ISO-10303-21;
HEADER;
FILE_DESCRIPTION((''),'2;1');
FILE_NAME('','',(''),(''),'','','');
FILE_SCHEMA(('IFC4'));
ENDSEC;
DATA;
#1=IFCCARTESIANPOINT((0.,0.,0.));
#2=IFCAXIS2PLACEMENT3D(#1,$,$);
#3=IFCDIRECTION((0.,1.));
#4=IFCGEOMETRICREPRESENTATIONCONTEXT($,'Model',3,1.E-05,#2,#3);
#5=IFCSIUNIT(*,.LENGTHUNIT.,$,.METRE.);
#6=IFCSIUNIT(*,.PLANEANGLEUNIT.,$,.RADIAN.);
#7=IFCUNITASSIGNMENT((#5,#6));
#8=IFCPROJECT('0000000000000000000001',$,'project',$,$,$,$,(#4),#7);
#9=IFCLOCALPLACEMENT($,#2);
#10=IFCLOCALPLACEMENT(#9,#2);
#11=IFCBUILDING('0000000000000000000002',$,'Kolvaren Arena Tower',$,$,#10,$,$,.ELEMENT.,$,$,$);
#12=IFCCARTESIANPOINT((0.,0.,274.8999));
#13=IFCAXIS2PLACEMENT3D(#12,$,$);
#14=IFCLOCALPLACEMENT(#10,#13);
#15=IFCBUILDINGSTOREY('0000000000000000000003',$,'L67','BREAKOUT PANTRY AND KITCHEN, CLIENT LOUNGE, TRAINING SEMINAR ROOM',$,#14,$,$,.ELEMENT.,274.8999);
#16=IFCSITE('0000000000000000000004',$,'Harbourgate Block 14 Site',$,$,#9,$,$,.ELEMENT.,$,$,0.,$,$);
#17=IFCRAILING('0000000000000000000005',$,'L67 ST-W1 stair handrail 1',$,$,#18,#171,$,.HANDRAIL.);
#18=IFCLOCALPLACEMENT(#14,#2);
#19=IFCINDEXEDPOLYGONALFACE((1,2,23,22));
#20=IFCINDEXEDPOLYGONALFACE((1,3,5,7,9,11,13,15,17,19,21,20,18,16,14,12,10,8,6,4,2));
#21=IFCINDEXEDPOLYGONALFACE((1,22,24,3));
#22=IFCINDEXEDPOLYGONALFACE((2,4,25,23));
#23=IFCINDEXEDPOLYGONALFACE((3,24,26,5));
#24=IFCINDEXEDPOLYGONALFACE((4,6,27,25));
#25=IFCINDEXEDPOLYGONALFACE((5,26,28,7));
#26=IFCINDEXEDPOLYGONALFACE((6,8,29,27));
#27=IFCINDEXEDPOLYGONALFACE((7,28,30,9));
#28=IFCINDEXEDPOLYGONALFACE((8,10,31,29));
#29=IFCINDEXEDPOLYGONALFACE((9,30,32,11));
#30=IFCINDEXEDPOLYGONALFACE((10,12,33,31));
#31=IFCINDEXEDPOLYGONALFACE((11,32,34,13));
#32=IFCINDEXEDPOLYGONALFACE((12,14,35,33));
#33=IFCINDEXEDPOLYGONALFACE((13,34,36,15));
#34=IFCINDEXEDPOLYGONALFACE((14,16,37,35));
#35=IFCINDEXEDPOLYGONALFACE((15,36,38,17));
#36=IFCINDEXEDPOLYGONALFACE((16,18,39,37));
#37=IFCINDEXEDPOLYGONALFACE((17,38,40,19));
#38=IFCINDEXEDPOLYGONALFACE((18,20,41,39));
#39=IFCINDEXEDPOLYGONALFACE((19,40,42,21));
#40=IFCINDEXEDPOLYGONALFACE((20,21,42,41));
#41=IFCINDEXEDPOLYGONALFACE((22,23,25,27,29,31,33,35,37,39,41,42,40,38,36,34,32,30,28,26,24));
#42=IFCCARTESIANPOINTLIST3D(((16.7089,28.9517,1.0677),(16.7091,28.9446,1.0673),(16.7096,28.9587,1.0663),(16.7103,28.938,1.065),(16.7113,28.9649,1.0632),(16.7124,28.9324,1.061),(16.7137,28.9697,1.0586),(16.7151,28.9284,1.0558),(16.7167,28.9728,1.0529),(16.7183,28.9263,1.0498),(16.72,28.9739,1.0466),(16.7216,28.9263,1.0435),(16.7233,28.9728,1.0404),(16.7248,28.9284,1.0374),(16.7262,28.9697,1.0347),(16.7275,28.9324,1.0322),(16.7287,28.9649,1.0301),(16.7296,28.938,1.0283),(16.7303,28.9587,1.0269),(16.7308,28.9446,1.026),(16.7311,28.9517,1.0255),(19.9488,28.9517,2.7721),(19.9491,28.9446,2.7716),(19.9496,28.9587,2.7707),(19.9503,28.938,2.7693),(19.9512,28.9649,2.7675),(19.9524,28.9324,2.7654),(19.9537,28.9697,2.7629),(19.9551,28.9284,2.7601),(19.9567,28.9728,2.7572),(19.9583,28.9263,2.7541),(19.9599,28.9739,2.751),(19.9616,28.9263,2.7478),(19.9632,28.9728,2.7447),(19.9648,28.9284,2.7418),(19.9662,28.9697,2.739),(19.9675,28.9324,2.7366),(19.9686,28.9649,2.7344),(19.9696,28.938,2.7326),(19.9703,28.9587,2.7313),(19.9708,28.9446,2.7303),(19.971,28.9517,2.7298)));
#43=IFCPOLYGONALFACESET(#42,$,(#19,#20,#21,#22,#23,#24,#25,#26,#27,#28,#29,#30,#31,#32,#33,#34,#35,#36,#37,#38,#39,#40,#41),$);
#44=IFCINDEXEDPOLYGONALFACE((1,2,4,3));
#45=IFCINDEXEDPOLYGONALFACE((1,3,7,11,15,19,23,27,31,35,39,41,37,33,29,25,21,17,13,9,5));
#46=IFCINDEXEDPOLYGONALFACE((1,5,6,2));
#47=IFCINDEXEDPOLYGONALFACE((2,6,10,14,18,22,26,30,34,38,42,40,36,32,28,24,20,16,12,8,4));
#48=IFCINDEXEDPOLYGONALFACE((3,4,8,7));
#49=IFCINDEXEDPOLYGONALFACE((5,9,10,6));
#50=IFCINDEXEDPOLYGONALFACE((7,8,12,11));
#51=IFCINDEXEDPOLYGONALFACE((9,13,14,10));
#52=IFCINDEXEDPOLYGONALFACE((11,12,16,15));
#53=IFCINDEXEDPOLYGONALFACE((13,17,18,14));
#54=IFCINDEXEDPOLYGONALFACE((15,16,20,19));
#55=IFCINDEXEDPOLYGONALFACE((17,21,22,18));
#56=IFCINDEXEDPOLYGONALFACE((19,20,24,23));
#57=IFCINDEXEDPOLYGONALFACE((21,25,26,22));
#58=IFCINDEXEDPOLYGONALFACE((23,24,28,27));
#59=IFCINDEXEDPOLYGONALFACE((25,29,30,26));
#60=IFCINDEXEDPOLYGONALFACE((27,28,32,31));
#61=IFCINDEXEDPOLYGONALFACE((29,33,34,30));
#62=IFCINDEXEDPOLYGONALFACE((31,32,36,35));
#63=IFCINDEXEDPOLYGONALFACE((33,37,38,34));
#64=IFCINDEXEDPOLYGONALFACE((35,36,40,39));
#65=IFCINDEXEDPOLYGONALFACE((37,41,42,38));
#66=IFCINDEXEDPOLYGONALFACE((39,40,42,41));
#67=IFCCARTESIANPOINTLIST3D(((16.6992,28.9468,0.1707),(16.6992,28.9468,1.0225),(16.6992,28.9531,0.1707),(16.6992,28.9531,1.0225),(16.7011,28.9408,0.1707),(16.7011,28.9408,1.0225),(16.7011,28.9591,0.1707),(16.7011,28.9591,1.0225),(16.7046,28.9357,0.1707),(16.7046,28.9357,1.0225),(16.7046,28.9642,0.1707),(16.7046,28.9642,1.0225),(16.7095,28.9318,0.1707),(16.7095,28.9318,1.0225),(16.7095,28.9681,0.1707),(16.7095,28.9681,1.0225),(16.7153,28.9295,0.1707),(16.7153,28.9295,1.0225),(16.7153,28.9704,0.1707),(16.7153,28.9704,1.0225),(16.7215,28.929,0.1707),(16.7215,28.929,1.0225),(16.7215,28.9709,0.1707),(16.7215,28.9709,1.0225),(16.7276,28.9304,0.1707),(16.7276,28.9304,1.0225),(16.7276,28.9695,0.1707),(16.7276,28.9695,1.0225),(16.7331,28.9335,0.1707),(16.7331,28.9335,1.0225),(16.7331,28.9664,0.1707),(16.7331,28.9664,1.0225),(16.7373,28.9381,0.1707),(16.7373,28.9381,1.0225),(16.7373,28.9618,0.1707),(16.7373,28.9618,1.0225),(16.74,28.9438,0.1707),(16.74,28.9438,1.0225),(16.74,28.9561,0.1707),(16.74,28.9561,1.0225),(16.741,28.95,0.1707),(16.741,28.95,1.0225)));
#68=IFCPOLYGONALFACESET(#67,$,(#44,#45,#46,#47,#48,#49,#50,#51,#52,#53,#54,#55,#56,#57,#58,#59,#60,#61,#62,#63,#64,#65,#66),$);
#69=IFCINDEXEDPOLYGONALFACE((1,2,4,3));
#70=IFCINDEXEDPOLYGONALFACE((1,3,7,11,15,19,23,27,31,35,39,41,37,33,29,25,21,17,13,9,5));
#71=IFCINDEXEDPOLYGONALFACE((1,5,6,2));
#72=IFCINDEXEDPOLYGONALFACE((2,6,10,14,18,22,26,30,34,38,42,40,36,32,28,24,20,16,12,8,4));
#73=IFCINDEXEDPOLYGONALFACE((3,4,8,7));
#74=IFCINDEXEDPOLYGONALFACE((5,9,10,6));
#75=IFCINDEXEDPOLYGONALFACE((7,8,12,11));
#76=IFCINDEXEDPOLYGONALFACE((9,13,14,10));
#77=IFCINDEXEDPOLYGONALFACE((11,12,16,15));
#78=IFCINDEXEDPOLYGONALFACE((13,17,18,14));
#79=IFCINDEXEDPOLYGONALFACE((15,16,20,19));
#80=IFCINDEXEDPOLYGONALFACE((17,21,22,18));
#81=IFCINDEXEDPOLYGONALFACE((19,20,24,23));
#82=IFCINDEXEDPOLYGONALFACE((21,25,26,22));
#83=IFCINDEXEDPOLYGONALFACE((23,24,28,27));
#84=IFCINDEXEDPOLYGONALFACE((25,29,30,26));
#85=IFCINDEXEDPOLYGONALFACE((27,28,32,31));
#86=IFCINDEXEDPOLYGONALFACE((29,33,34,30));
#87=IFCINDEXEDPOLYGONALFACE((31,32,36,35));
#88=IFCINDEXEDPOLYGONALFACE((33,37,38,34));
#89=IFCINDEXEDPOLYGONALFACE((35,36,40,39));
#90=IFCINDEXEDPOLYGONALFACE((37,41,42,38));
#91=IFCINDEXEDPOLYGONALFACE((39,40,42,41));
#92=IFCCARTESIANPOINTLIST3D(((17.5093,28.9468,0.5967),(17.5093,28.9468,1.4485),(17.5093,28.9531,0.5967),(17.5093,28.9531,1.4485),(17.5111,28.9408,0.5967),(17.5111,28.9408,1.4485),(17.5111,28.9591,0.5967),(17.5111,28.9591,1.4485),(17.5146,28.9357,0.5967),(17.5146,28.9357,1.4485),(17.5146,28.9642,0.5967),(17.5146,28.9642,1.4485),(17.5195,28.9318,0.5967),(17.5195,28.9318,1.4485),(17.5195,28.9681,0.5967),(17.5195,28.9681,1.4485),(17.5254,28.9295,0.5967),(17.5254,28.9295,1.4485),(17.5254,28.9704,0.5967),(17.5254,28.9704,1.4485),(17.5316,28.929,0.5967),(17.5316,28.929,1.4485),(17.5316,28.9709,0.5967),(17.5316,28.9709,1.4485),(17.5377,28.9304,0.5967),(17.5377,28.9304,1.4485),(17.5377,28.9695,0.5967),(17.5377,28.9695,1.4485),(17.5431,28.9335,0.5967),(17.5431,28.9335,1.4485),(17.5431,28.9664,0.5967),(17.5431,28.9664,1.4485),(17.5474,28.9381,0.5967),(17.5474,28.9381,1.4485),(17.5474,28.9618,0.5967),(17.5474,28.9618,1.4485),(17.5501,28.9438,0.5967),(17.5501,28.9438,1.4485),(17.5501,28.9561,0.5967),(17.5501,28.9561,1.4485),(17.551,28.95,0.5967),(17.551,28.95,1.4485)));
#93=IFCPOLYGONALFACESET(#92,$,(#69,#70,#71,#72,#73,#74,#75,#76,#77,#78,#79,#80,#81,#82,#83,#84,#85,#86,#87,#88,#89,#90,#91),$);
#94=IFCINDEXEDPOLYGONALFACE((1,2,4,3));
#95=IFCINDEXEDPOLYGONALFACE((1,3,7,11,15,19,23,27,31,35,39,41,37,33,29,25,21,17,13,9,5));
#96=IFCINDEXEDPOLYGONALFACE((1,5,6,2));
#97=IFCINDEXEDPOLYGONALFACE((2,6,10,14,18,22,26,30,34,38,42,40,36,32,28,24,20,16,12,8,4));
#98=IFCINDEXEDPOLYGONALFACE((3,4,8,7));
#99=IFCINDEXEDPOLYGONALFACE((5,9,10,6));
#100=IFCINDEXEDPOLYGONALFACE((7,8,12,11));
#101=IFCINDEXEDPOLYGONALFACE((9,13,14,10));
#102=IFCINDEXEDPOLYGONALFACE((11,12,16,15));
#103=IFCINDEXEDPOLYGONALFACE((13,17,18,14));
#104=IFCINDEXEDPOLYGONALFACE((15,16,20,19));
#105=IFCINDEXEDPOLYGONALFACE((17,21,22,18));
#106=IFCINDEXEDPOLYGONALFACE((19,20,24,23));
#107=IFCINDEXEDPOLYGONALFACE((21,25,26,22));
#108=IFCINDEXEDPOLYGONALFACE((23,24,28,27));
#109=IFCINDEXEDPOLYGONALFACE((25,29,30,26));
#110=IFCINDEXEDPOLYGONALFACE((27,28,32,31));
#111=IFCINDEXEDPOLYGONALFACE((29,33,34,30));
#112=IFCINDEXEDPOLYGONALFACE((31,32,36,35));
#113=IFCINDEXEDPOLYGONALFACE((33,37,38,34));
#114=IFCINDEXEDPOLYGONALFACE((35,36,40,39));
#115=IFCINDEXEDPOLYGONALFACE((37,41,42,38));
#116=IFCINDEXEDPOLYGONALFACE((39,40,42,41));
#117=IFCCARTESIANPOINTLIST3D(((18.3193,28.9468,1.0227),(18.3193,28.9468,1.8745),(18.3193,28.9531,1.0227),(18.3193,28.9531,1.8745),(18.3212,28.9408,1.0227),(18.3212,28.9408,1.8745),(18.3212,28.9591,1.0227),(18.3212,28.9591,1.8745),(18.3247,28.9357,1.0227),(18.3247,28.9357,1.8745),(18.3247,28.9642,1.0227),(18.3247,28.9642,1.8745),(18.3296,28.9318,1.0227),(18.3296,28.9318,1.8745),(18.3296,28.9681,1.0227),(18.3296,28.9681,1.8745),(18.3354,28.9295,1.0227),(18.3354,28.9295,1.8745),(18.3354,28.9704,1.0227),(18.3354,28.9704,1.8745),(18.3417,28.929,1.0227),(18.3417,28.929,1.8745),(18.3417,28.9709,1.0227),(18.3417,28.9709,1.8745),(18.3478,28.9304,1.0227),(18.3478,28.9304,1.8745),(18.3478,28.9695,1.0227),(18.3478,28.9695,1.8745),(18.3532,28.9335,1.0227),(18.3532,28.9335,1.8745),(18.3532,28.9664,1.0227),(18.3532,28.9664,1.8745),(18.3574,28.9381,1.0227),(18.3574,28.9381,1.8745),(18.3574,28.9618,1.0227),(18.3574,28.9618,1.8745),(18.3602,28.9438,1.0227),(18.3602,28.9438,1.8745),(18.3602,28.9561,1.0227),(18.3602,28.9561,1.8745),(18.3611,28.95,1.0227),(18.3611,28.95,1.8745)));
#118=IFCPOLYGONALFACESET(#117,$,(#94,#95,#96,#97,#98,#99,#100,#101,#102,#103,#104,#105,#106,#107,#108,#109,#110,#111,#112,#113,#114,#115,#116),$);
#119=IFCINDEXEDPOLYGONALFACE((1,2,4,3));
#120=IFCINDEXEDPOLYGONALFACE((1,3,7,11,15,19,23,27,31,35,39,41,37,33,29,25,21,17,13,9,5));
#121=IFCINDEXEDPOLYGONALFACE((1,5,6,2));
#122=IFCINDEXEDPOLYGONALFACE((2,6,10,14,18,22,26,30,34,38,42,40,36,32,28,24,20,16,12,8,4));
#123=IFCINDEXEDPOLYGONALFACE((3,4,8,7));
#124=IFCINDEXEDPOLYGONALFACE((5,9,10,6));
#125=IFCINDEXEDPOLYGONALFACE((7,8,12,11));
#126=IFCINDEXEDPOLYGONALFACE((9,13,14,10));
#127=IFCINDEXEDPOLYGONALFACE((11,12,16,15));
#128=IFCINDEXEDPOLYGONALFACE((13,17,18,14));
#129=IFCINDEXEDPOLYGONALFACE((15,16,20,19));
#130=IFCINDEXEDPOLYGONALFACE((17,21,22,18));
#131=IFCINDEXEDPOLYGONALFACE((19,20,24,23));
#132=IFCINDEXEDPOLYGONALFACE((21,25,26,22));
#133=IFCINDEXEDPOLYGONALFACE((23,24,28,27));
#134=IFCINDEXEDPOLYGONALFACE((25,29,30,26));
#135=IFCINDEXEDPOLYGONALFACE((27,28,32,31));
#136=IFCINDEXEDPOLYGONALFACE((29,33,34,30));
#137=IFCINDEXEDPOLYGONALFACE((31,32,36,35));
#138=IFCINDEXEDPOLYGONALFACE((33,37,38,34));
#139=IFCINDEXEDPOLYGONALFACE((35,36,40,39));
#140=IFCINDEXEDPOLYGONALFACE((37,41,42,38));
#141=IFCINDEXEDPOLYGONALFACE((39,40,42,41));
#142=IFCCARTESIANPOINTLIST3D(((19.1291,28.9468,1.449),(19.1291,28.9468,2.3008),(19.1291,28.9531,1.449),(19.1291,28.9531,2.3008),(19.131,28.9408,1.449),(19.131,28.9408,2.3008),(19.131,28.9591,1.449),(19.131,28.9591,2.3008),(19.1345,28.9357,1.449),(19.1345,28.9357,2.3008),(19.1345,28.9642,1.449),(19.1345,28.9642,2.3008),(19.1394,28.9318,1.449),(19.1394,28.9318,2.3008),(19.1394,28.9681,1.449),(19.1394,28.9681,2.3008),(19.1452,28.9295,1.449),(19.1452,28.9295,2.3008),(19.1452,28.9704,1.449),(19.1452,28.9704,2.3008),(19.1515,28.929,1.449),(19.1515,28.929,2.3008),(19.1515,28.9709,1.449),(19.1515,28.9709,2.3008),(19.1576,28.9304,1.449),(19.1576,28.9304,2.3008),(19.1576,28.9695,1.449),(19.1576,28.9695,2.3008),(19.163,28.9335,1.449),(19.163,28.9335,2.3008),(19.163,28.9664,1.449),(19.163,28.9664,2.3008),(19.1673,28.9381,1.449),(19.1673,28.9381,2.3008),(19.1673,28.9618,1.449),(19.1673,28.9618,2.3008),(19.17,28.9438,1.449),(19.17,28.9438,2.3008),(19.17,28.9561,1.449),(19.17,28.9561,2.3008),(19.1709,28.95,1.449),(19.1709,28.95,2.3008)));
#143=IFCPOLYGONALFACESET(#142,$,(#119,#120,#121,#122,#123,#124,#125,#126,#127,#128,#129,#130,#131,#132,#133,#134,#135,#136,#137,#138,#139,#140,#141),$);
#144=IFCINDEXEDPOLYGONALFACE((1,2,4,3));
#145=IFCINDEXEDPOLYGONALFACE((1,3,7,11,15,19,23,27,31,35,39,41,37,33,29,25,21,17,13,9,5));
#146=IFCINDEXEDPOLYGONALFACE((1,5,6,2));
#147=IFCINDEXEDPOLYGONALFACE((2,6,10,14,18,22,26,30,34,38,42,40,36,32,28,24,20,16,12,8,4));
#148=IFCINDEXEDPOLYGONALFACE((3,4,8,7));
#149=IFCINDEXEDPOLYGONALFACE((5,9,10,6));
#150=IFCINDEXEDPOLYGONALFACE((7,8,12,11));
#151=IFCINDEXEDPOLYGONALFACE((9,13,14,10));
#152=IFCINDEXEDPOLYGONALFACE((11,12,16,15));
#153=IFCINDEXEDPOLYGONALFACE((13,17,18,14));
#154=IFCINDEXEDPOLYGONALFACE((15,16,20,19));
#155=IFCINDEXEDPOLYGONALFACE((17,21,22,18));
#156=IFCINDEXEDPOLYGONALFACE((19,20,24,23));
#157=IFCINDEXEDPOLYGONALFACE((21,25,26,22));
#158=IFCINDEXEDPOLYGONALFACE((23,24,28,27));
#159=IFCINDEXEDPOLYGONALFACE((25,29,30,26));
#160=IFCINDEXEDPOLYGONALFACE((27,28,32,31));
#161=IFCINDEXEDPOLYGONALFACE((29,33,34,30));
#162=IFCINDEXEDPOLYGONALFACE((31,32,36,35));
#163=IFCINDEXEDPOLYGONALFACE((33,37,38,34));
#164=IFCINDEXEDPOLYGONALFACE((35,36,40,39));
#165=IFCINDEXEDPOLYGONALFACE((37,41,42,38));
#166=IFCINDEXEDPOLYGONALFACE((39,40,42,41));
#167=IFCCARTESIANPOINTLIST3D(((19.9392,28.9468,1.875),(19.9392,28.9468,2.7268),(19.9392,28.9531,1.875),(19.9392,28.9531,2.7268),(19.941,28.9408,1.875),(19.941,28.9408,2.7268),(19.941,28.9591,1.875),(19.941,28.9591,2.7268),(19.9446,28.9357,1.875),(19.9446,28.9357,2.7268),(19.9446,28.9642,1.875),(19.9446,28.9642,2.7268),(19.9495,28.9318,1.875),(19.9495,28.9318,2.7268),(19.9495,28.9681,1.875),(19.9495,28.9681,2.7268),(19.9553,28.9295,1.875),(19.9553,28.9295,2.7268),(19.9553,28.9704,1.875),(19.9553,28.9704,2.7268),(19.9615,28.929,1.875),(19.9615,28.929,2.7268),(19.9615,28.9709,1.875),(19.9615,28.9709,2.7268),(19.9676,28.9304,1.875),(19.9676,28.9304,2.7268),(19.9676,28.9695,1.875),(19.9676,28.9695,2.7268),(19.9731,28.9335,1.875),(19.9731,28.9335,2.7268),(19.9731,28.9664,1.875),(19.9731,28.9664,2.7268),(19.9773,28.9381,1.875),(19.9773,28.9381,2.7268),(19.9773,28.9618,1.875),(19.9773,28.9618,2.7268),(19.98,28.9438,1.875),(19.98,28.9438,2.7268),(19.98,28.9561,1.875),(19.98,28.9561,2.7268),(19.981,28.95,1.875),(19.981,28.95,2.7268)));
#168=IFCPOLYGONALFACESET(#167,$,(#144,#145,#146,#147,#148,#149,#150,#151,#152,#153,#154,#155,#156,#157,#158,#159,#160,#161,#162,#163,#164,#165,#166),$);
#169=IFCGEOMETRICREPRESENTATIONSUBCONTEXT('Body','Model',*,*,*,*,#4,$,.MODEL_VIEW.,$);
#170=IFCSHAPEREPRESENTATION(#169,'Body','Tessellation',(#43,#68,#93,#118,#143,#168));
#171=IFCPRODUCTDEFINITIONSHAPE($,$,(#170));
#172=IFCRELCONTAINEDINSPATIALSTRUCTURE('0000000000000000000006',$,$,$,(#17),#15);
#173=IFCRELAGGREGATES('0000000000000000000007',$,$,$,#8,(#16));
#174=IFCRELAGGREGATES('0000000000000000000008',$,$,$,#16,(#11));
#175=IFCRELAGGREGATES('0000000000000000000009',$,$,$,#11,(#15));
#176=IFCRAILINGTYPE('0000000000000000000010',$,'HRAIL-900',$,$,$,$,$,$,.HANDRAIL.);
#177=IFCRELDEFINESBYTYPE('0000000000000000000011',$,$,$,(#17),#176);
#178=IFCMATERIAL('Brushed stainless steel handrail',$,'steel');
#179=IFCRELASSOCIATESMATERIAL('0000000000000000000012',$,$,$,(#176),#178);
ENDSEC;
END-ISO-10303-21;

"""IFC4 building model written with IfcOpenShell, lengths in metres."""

from ifc_helpers import new_model, si_unit, direction, frame, origin, origin_2d, place, context, subcontext, project, spatial, circle, extrude, material, type_object, element, save


model = new_model("IFC4")

# Units and contexts
model_context = context("Model", 3, precision=1e-05, world=origin(), true_north=direction((0.0, 1.0)))
body_context = subcontext(model_context, "Body", "Model", "MODEL_VIEW")
ifc_project = project(units=[si_unit("LENGTHUNIT", "METRE"), si_unit("PLANEANGLEUNIT", "RADIAN")], contexts=[model_context])

# Site, building, storey
site_placement = place(None, origin())
site = spatial("IfcSite", under=ifc_project, at=site_placement, Name="Harbourgate Block 14 Site", CompositionType="ELEMENT", RefElevation=0.0)
building_placement = place(site_placement, origin())
building = spatial("IfcBuilding", under=site, at=building_placement, Name="Kolvaren Arena Tower", CompositionType="ELEMENT")
storey_placement = place(building_placement, frame((0.0, 0.0, 274.8999)))
storey = spatial("IfcBuildingStorey", under=building, at=storey_placement, Name="L67", Description="BREAKOUT PANTRY AND KITCHEN, CLIENT LOUNGE, TRAINING SEMINAR ROOM", CompositionType="ELEMENT", Elevation=274.8999)

# Railing
ifc_material_1 = material(Name="Brushed stainless steel handrail", Category="steel")
railing_type_1 = type_object("IfcRailingType", Name="HRAIL-900", PredefinedType="HANDRAIL", material=ifc_material_1)
railing_1_placement = place(storey_placement, frame((16.72, 28.95, 0.1707)))
element("IfcRailing", 1, at=railing_1_placement, inside=storey, type_object=railing_type_1, Name="L67 ST-W1 stair handrail 1", PredefinedType="HANDRAIL", context=body_context, shape_type="SweptSolid", body=[
    extrude(circle(Radius=0.0239, at=origin_2d()), frame((0.0, 0.0, 0.876), z_axis=(0.885021, 0.0, 0.465551), x_axis=(0.0, 1.0, 0.0)), (0.0, 0.0, 1.0), 3.6609),
    extrude(circle(Radius=0.021, at=origin_2d()), origin(), (0.0, 0.0, 1.0), 0.8518),
    extrude(circle(Radius=0.021, at=origin_2d()), frame((0.8101, 0.0, 0.426)), (0.0, 0.0, 1.0), 0.8518),
    extrude(circle(Radius=0.021, at=origin_2d()), frame((1.6201, 0.0, 0.8521)), (0.0, 0.0, 1.0), 0.8518),
    extrude(circle(Radius=0.021, at=origin_2d()), frame((2.4299, 0.0, 1.2783)), (0.0, 0.0, 1.0), 0.8518),
    extrude(circle(Radius=0.021, at=origin_2d()), frame((3.24, 0.0, 1.7043)), (0.0, 0.0, 1.0), 0.8518),
])

save(model, "model.ifc")
